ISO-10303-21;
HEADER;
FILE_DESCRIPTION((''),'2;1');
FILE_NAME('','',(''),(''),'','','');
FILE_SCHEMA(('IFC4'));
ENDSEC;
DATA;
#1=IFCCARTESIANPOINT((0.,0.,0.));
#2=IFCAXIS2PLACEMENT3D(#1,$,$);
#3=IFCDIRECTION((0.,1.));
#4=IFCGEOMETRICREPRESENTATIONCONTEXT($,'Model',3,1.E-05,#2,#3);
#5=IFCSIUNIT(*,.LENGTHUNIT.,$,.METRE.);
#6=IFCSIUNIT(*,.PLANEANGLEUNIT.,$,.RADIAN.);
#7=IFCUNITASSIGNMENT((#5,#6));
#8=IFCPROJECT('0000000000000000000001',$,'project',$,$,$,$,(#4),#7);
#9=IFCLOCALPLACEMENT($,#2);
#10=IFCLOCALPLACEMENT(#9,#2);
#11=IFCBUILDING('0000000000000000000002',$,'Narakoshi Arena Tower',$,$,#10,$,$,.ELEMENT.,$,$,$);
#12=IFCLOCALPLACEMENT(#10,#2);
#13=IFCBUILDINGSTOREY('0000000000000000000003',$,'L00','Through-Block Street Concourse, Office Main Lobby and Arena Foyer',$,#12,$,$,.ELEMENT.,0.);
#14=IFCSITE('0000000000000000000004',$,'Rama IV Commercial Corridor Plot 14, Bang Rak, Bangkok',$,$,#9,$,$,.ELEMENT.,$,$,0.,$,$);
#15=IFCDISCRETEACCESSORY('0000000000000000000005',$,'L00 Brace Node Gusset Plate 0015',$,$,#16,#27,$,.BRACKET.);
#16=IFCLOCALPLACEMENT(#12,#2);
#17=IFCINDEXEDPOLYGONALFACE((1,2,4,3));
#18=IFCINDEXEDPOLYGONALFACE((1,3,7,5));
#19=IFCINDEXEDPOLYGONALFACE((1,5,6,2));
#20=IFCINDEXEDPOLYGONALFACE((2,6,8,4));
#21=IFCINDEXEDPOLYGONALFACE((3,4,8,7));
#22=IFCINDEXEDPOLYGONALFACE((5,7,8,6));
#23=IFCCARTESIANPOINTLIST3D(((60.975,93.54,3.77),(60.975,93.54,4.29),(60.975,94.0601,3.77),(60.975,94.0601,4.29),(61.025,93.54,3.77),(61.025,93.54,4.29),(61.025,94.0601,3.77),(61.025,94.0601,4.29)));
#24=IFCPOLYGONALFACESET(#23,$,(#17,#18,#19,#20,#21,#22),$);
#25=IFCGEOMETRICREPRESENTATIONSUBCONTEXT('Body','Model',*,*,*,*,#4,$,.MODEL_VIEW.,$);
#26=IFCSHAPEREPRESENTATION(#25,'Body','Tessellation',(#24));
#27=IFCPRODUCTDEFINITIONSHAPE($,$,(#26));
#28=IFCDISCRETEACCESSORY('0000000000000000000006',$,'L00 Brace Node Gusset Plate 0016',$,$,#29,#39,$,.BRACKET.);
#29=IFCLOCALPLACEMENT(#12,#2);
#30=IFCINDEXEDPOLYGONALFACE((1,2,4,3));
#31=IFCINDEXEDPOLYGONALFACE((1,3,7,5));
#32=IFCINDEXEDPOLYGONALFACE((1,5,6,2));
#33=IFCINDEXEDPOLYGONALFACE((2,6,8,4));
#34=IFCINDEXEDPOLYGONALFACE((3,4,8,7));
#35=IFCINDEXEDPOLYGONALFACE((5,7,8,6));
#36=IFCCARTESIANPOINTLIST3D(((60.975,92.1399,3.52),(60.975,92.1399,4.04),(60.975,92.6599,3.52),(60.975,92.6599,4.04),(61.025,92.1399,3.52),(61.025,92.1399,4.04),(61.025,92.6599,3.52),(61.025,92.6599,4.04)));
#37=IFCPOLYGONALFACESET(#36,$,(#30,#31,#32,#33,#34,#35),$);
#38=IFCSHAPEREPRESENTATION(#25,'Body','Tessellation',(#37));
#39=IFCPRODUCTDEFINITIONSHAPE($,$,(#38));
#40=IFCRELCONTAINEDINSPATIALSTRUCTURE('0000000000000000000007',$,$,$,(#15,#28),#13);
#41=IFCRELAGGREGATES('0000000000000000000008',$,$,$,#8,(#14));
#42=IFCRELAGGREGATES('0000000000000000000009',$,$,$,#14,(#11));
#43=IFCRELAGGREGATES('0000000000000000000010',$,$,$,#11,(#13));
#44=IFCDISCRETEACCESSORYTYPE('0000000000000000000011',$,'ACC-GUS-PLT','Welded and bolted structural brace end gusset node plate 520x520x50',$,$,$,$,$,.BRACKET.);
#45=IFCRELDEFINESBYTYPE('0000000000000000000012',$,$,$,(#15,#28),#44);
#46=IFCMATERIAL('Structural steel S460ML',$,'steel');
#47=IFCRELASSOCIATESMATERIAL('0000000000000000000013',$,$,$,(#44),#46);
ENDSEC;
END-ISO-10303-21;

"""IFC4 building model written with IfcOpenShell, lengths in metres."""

from ifc_helpers import new_model, si_unit, direction, frame, origin, origin_2d, place, context, subcontext, project, spatial, rectangle, extrude, material, type_object, element, save


model = new_model("IFC4")

# Units and contexts
model_context = context("Model", 3, precision=1e-05, world=origin(), true_north=direction((0.0, 1.0)))
body_context = subcontext(model_context, "Body", "Model", "MODEL_VIEW")
ifc_project = project(units=[si_unit("LENGTHUNIT", "METRE"), si_unit("PLANEANGLEUNIT", "RADIAN")], contexts=[model_context])

# Site, building, storey
site_placement = place(None, origin())
site = spatial("IfcSite", under=ifc_project, at=site_placement, Name="Rama IV Commercial Corridor Plot 14, Bang Rak, Bangkok", CompositionType="ELEMENT", RefElevation=0.0)
building_placement = place(site_placement, origin())
building = spatial("IfcBuilding", under=site, at=building_placement, Name="Narakoshi Arena Tower", CompositionType="ELEMENT")
storey_placement = place(building_placement, origin())
storey = spatial("IfcBuildingStorey", under=building, at=storey_placement, Name="L00", Description="Through-Block Street Concourse, Office Main Lobby and Arena Foyer", CompositionType="ELEMENT", Elevation=0.0)

# Discrete accessories
ifc_material_1 = material(Name="Structural steel S460ML", Category="steel")
discrete_accessory_type_1 = type_object("IfcDiscreteAccessoryType", Name="ACC-GUS-PLT", Description="Welded and bolted structural brace end gusset node plate 520x520x50", PredefinedType="BRACKET", material=ifc_material_1)
for number, where, z_axis, x_axis, name in (
    (1, (61.0, 93.8, 3.77), (0.0, 0.0, 1.0), (0.0, 1.0, 0.0), "L00 Brace Node Gusset Plate 0015"),
    (2, (61.0, 92.3999, 3.52), (0.0, 0.0, 1.0), (0.0, 1.0, 0.0), "L00 Brace Node Gusset Plate 0016"),
):
    element("IfcDiscreteAccessory", number, at=place(storey_placement, frame(where, z_axis=z_axis, x_axis=x_axis)), inside=storey, type_object=discrete_accessory_type_1, Name=name, PredefinedType="BRACKET", context=body_context, shape_type="SweptSolid", body=[
        extrude(rectangle(XDim=0.52, YDim=0.05, at=origin_2d()), origin(), (0.0, 0.0, 1.0), 0.52),
    ])

save(model, "model.ifc")
